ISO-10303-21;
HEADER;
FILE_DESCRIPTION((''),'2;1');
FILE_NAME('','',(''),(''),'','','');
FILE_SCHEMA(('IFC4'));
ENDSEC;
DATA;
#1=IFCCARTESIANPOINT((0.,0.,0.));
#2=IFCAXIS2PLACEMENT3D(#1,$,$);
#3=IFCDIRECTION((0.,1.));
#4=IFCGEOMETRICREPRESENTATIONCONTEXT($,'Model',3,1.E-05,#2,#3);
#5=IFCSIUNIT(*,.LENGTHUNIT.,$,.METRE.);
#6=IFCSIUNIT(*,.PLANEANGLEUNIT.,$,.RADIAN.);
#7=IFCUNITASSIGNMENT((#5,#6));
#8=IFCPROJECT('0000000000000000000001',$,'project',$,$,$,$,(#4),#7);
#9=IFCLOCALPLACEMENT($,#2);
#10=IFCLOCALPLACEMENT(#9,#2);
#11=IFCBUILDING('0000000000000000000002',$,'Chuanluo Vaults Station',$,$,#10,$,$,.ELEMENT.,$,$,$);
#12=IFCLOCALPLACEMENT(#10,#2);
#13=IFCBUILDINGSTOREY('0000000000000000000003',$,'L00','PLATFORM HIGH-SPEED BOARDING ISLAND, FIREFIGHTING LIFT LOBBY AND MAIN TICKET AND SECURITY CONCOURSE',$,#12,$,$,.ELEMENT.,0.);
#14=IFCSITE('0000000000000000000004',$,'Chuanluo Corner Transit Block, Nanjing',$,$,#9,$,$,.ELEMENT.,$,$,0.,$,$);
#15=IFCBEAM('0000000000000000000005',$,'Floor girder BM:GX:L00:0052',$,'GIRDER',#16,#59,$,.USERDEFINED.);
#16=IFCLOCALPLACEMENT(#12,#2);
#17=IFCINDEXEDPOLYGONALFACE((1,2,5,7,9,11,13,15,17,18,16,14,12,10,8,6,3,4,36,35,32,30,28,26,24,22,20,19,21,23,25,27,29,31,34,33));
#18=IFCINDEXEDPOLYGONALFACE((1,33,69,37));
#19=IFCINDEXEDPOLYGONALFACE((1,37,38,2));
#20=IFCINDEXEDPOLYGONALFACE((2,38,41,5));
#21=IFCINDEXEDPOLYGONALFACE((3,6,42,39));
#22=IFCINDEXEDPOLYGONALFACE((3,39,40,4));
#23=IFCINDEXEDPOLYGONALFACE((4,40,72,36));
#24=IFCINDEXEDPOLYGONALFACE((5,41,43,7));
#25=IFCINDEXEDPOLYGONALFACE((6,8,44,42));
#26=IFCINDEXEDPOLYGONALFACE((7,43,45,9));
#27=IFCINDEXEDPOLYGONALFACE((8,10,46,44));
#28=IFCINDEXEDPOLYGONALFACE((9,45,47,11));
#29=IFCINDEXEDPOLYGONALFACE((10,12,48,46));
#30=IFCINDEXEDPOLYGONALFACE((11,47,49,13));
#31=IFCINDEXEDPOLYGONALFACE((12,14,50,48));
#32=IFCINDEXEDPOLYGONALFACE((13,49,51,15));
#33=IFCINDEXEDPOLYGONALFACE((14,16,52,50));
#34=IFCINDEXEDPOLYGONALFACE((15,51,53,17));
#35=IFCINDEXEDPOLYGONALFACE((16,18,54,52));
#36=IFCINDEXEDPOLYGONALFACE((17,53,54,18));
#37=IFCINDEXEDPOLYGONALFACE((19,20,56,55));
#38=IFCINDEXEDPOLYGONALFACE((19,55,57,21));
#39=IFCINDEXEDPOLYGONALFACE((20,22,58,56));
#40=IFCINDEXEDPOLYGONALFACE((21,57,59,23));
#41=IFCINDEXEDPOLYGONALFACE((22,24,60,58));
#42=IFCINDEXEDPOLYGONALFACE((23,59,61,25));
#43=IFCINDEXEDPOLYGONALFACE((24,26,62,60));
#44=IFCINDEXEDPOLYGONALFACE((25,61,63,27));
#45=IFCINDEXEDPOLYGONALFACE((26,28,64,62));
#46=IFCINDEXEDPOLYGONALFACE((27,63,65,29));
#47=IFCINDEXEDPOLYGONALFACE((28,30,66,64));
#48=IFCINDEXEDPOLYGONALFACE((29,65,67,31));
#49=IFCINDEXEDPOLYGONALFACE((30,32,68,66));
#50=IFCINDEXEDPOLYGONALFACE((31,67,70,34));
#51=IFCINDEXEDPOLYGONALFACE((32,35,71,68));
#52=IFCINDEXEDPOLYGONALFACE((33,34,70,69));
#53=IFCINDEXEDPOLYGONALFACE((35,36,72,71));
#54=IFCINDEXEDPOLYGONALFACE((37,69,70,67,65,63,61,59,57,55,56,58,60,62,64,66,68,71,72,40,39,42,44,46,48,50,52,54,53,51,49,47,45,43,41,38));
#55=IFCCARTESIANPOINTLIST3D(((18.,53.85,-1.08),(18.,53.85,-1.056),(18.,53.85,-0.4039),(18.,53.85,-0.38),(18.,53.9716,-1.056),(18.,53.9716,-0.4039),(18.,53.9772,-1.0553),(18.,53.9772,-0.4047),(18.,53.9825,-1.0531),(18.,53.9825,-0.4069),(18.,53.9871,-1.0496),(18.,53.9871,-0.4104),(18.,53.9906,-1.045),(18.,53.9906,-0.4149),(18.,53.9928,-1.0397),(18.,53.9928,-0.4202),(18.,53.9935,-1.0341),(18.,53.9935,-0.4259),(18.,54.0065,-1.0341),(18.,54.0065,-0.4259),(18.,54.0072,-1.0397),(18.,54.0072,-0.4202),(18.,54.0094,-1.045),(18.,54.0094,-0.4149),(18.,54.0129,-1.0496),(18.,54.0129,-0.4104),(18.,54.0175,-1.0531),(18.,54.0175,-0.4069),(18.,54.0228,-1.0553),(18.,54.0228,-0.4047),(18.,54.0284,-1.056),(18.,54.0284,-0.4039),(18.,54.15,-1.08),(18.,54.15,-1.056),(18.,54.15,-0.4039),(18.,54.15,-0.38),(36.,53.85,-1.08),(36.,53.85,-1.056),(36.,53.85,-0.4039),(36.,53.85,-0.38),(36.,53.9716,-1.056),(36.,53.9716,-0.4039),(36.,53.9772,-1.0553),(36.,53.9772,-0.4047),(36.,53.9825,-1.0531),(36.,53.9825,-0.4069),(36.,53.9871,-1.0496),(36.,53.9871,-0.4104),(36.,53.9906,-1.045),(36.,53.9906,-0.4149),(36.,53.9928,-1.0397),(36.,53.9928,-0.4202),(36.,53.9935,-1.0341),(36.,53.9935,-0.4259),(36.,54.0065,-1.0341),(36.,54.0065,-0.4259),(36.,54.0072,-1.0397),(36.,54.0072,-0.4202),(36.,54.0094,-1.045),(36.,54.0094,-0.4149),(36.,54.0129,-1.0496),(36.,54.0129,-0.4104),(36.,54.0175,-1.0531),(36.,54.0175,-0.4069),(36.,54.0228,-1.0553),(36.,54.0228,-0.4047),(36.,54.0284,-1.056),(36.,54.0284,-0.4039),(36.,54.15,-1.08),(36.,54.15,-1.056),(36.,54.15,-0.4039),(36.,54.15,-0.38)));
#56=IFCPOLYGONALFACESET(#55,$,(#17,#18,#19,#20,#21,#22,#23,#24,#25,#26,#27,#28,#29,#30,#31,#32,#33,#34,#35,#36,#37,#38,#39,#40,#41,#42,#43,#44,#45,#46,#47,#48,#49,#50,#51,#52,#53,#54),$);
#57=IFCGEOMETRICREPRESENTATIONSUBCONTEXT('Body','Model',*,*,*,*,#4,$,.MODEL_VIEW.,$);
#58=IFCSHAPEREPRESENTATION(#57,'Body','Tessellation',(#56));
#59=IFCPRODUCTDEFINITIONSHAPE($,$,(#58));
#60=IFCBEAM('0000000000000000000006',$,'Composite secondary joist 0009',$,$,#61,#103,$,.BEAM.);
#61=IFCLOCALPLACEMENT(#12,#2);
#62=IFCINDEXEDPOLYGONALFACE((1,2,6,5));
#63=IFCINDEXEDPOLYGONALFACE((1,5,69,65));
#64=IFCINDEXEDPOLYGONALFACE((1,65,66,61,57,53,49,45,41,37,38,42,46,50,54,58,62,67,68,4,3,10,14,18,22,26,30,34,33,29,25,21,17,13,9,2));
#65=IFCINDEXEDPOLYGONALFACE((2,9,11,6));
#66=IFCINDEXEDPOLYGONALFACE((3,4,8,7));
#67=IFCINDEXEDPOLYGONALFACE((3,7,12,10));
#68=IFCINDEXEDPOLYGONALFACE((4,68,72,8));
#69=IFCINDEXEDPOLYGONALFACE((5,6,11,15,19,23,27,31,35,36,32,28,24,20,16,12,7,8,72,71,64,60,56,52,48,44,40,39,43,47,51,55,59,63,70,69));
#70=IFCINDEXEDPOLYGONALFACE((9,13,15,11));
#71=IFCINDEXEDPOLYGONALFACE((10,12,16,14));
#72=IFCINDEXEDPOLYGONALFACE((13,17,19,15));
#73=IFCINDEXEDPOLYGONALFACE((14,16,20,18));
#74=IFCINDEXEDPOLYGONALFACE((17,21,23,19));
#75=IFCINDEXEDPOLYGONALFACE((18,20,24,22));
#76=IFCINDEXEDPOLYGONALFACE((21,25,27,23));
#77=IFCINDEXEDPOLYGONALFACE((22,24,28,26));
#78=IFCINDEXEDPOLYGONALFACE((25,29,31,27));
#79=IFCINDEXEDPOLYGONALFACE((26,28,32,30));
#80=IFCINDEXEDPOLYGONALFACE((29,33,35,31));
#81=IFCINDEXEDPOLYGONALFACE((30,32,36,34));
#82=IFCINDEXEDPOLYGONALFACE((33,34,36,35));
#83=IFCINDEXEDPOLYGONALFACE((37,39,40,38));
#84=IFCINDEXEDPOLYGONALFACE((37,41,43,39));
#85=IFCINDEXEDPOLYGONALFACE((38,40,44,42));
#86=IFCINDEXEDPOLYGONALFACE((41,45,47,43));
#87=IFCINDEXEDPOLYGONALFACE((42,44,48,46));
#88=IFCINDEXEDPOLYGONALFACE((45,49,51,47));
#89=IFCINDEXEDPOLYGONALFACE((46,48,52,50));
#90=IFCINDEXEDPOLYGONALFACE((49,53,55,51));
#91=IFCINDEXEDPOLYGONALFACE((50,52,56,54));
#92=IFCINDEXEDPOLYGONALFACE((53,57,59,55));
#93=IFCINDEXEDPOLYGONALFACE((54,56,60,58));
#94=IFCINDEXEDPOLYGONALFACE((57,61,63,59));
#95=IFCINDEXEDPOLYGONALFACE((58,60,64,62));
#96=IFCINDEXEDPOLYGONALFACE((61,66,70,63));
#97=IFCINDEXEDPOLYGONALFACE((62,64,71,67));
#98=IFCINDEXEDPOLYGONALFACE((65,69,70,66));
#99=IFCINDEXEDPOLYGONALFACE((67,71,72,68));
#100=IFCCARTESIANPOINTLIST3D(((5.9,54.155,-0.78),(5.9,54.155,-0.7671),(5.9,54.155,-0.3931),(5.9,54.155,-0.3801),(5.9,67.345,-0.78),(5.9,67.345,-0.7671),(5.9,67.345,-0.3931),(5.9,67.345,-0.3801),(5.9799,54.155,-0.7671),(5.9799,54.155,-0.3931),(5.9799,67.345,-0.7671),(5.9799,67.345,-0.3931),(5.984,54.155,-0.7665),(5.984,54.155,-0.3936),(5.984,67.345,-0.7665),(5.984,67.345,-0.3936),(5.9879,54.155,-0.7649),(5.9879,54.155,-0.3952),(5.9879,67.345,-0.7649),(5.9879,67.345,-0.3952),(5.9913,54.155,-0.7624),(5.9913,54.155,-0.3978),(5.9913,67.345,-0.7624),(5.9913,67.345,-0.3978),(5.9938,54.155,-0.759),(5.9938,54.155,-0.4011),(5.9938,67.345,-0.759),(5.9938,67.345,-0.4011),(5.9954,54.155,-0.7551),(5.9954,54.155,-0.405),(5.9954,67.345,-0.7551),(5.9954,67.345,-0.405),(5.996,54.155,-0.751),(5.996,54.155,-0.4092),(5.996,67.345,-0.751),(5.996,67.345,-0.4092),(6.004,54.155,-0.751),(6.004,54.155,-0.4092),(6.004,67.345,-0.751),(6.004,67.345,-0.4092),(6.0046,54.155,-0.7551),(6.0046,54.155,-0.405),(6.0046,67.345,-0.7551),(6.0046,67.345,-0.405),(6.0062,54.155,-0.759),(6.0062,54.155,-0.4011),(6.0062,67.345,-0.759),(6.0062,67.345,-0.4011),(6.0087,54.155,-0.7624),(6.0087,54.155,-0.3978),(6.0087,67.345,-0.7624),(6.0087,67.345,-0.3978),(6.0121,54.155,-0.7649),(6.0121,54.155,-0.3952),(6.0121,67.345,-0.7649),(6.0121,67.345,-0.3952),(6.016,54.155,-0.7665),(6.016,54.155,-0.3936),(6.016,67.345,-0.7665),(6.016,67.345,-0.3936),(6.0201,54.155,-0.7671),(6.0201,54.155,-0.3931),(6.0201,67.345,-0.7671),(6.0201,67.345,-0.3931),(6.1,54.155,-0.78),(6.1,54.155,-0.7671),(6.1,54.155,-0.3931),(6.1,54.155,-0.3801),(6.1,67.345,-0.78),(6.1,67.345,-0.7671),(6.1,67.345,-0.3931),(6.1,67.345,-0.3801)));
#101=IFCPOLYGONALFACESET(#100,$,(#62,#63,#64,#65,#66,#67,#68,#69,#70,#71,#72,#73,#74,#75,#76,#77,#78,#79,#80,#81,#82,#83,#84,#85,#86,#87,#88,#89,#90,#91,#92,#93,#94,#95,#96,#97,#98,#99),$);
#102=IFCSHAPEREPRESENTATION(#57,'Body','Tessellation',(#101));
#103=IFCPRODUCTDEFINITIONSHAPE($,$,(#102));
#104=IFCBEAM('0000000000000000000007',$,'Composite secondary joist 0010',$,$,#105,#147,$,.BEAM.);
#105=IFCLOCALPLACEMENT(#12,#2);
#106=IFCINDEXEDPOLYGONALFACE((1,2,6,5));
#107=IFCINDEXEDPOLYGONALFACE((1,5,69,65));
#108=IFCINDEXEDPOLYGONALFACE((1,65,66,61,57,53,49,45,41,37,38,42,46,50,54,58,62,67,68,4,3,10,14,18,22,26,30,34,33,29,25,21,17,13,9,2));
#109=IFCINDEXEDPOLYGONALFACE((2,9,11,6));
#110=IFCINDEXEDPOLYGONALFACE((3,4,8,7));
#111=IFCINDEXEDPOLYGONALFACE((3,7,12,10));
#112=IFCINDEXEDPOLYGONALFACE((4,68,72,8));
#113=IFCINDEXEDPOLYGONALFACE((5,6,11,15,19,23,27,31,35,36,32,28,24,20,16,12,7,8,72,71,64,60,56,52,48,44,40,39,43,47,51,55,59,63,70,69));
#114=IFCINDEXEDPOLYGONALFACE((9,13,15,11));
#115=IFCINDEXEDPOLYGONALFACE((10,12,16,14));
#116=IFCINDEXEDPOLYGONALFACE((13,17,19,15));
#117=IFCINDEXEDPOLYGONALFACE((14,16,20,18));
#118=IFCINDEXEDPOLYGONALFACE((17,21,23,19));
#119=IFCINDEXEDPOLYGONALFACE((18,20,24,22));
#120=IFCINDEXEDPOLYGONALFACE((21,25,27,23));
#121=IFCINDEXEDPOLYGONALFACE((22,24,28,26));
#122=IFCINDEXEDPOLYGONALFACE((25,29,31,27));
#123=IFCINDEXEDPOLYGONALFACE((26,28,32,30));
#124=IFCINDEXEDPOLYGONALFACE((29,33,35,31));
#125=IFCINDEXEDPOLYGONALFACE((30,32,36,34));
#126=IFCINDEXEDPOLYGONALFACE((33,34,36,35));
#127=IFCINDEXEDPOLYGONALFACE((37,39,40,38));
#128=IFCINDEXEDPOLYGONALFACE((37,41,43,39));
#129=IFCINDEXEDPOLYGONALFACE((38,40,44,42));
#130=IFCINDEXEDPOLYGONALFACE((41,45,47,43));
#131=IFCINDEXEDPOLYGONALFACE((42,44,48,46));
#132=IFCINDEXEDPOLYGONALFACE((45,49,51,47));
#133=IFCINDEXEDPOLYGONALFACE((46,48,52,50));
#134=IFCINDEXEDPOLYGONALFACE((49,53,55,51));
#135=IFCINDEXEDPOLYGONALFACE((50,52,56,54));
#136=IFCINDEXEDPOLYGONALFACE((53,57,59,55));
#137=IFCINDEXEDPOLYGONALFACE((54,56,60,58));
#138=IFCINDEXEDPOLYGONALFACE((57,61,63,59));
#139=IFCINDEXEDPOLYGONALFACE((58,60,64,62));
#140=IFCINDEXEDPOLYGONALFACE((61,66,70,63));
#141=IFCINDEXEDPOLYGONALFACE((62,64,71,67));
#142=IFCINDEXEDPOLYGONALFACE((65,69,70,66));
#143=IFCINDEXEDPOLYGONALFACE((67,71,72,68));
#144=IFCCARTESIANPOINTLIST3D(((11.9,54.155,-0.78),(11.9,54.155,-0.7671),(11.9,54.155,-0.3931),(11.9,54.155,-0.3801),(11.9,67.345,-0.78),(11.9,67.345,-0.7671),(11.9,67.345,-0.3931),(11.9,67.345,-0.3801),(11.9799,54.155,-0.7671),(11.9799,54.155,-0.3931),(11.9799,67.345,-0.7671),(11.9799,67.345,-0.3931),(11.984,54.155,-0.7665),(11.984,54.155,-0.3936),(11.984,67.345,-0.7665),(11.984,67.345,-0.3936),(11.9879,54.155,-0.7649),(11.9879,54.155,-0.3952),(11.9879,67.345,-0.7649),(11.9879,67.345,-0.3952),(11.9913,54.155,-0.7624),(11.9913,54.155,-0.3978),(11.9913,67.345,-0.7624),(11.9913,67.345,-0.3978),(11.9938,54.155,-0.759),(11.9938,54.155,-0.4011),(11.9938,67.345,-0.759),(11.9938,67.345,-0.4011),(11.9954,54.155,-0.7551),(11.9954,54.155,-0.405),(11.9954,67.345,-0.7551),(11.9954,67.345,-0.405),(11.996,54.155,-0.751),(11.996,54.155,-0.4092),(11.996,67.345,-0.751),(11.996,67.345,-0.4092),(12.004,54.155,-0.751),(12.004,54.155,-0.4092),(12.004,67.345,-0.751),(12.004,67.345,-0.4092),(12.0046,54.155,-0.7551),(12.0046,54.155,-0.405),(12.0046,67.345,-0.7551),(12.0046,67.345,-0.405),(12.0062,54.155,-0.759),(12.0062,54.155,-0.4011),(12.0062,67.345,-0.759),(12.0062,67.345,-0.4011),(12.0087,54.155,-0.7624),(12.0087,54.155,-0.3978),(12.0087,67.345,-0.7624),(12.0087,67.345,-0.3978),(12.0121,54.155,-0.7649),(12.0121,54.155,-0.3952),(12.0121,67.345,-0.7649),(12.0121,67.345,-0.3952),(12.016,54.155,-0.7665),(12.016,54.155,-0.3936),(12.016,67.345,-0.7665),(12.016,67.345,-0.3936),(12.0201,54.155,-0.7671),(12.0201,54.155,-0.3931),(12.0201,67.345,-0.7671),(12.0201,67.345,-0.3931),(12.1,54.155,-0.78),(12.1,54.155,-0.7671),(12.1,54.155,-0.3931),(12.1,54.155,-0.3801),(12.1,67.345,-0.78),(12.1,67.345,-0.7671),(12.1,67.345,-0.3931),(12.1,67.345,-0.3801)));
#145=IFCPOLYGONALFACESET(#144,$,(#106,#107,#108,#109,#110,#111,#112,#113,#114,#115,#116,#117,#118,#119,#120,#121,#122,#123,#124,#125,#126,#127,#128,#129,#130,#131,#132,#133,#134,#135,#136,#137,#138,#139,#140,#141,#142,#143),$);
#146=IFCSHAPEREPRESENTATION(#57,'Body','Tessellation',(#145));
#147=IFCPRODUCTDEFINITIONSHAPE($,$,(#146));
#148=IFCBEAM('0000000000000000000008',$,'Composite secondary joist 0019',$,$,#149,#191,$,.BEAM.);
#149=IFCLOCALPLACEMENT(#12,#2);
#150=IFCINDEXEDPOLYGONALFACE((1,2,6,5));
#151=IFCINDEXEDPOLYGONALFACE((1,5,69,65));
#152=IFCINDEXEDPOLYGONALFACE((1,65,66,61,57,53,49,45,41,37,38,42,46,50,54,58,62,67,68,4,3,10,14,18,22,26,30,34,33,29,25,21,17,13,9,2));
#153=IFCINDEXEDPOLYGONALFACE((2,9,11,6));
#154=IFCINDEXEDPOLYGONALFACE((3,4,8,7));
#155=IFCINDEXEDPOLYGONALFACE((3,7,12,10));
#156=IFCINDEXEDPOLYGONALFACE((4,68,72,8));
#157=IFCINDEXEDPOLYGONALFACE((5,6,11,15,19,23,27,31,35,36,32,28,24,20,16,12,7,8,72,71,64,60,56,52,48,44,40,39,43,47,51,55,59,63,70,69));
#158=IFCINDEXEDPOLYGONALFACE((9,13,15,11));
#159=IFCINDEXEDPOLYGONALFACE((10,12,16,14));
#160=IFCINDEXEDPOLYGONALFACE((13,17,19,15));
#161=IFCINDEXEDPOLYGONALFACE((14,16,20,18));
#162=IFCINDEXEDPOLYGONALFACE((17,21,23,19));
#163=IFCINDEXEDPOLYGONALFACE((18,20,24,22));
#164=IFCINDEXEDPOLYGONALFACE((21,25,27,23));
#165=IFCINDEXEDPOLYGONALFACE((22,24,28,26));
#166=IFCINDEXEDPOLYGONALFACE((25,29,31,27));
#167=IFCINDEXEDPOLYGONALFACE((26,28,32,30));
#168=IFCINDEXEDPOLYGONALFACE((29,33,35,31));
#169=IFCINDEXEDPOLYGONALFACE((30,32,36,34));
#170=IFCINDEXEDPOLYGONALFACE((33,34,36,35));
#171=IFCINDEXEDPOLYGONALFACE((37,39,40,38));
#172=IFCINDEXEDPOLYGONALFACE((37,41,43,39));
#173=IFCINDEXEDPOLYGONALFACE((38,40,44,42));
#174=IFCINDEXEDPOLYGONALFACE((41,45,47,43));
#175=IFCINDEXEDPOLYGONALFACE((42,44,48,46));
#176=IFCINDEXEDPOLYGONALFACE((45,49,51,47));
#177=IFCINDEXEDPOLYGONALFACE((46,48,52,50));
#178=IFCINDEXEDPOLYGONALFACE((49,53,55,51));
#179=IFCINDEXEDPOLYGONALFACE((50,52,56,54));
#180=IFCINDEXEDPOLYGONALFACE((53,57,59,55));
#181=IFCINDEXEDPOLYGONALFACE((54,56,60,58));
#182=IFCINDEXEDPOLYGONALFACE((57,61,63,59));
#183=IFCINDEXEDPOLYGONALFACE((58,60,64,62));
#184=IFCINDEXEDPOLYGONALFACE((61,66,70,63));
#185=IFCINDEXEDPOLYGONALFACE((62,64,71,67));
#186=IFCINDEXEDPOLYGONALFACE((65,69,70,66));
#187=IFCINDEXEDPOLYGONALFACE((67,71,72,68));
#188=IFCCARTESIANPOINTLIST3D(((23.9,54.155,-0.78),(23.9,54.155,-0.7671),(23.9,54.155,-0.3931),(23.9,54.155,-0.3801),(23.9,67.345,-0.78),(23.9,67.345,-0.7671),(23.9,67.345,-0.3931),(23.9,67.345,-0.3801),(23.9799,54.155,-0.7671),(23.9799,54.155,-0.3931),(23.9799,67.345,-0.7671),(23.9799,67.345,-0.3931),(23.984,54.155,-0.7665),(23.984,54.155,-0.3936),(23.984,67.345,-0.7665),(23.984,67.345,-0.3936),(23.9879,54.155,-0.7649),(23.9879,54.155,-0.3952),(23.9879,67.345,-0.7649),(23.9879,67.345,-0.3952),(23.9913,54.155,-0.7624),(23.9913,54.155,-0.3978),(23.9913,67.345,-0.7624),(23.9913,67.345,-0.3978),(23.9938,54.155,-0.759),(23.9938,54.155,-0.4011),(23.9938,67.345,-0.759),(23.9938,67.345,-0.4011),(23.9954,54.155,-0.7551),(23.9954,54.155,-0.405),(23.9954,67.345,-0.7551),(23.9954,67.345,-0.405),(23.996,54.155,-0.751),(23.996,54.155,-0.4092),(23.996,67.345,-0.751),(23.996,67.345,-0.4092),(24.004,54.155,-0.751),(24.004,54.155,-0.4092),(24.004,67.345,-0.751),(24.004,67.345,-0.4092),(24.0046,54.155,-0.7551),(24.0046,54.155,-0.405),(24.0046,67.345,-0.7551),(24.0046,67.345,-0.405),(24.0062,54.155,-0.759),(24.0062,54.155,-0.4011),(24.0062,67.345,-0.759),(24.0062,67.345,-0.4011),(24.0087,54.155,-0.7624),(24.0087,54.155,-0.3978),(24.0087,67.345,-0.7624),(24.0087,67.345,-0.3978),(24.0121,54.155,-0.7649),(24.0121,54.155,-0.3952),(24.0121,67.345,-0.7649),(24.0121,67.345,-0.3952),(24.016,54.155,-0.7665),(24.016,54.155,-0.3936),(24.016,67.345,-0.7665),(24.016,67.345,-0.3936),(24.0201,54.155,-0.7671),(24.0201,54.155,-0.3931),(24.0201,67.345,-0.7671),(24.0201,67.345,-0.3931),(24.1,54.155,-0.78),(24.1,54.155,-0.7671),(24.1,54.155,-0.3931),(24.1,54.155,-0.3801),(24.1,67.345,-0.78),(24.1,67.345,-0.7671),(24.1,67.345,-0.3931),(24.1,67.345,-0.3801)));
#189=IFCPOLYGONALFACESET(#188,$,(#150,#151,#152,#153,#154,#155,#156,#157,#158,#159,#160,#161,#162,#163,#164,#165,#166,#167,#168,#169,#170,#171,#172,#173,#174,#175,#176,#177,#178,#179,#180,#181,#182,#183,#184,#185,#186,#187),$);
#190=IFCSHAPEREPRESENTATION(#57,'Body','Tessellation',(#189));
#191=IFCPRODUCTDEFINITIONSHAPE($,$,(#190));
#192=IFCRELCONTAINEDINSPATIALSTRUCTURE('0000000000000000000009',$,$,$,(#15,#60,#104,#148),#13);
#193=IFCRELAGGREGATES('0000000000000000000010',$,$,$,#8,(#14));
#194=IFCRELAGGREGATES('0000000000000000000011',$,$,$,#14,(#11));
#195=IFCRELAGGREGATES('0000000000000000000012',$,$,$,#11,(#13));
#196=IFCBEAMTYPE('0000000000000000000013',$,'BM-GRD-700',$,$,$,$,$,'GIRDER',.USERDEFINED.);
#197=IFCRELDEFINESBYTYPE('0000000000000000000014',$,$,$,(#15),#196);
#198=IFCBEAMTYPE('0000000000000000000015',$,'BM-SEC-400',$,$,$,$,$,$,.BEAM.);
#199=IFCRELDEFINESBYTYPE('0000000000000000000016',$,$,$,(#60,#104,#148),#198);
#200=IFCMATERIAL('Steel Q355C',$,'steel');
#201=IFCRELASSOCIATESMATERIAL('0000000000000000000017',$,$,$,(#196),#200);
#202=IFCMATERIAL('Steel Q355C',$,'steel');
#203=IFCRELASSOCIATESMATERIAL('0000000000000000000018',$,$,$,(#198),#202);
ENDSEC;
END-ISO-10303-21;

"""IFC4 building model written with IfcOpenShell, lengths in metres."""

from ifc_helpers import new_model, si_unit, direction, frame, origin, origin_2d, place, context, subcontext, project, spatial, i_section, extrude, material, material_profile, profile_set, type_object, element, save


model = new_model("IFC4")

# Units and contexts
model_context = context("Model", 3, precision=1e-05, world=origin(), true_north=direction((0.0, 1.0)))
body_context = subcontext(model_context, "Body", "Model", "MODEL_VIEW")
ifc_project = project(units=[si_unit("LENGTHUNIT", "METRE"), si_unit("PLANEANGLEUNIT", "RADIAN")], contexts=[model_context])

# Site, building, storey
site_placement = place(None, origin())
site = spatial("IfcSite", under=ifc_project, at=site_placement, Name="Chuanluo Corner Transit Block, Nanjing", CompositionType="ELEMENT", RefElevation=0.0)
building_placement = place(site_placement, origin())
building = spatial("IfcBuilding", under=site, at=building_placement, Name="Chuanluo Vaults Station", CompositionType="ELEMENT")
storey_placement = place(building_placement, origin())
storey = spatial("IfcBuildingStorey", under=building, at=storey_placement, Name="L00", Description="PLATFORM HIGH-SPEED BOARDING ISLAND, FIREFIGHTING LIFT LOBBY AND MAIN TICKET AND SECURITY CONCOURSE", CompositionType="ELEMENT", Elevation=0.0)

# Beams
ifc_material_1 = material(Name="Steel Q355C", Category="steel")
ifc_material_profile_1 = material_profile(ifc_material_1, i_section(OverallWidth=0.3, OverallDepth=0.7, WebThickness=0.0129, FlangeThickness=0.0239, FilletRadius=0.022, at=origin_2d()))
ifc_profile_set_1 = profile_set([ifc_material_profile_1], Name="Steel Q355C")
beam_type_1 = type_object("IfcBeamType", Name="BM-GRD-700", ElementType="GIRDER", PredefinedType="USERDEFINED", material=ifc_profile_set_1)
for number, where, z_axis, x_axis, name in (
    (1, (18.0, 54.0, -0.73), (1.0, 0.0, 0.0), (0.0, 1.0, 0.0), "Floor girder BM:GX:L00:0052"),
):
    element("IfcBeam", number, at=place(storey_placement, frame(where, z_axis=z_axis, x_axis=x_axis)), inside=storey, type_object=beam_type_1, Name=name, ObjectType="GIRDER", PredefinedType="USERDEFINED", context=body_context, shape_type="SweptSolid", body=[
        extrude(i_section(OverallWidth=0.3, OverallDepth=0.7, WebThickness=0.0129, FlangeThickness=0.0239, FilletRadius=0.022, at=origin_2d()), origin(), (0.0, 0.0, 1.0), 18.0),
    ])
ifc_material_2 = material(Name="Steel Q355C", Category="steel")
ifc_material_profile_2 = material_profile(ifc_material_2, i_section(OverallWidth=0.2, OverallDepth=0.3999, WebThickness=0.0081, FlangeThickness=0.0129, FilletRadius=0.0161, at=origin_2d()))
ifc_profile_set_2 = profile_set([ifc_material_profile_2], Name="Steel Q355C")
beam_type_2 = type_object("IfcBeamType", Name="BM-SEC-400", PredefinedType="BEAM", material=ifc_profile_set_2)
for number, where, z_axis, x_axis, name in (
    (2, (6.0, 54.155, -0.5801), (0.0, 1.0, 0.0), (-1.0, 0.0, 0.0), "Composite secondary joist 0009"),
    (3, (12.0, 54.155, -0.5801), (0.0, 1.0, 0.0), (-1.0, 0.0, 0.0), "Composite secondary joist 0010"),
    (4, (24.0, 54.155, -0.5801), (0.0, 1.0, 0.0), (-1.0, 0.0, 0.0), "Composite secondary joist 0019"),
):
    element("IfcBeam", number, at=place(storey_placement, frame(where, z_axis=z_axis, x_axis=x_axis)), inside=storey, type_object=beam_type_2, Name=name, PredefinedType="BEAM", context=body_context, shape_type="SweptSolid", body=[
        extrude(i_section(OverallWidth=0.2, OverallDepth=0.3999, WebThickness=0.0081, FlangeThickness=0.0129, FilletRadius=0.0161, at=origin_2d()), origin(), (0.0, 0.0, 1.0), 13.1899),
    ])

save(model, "model.ifc")
